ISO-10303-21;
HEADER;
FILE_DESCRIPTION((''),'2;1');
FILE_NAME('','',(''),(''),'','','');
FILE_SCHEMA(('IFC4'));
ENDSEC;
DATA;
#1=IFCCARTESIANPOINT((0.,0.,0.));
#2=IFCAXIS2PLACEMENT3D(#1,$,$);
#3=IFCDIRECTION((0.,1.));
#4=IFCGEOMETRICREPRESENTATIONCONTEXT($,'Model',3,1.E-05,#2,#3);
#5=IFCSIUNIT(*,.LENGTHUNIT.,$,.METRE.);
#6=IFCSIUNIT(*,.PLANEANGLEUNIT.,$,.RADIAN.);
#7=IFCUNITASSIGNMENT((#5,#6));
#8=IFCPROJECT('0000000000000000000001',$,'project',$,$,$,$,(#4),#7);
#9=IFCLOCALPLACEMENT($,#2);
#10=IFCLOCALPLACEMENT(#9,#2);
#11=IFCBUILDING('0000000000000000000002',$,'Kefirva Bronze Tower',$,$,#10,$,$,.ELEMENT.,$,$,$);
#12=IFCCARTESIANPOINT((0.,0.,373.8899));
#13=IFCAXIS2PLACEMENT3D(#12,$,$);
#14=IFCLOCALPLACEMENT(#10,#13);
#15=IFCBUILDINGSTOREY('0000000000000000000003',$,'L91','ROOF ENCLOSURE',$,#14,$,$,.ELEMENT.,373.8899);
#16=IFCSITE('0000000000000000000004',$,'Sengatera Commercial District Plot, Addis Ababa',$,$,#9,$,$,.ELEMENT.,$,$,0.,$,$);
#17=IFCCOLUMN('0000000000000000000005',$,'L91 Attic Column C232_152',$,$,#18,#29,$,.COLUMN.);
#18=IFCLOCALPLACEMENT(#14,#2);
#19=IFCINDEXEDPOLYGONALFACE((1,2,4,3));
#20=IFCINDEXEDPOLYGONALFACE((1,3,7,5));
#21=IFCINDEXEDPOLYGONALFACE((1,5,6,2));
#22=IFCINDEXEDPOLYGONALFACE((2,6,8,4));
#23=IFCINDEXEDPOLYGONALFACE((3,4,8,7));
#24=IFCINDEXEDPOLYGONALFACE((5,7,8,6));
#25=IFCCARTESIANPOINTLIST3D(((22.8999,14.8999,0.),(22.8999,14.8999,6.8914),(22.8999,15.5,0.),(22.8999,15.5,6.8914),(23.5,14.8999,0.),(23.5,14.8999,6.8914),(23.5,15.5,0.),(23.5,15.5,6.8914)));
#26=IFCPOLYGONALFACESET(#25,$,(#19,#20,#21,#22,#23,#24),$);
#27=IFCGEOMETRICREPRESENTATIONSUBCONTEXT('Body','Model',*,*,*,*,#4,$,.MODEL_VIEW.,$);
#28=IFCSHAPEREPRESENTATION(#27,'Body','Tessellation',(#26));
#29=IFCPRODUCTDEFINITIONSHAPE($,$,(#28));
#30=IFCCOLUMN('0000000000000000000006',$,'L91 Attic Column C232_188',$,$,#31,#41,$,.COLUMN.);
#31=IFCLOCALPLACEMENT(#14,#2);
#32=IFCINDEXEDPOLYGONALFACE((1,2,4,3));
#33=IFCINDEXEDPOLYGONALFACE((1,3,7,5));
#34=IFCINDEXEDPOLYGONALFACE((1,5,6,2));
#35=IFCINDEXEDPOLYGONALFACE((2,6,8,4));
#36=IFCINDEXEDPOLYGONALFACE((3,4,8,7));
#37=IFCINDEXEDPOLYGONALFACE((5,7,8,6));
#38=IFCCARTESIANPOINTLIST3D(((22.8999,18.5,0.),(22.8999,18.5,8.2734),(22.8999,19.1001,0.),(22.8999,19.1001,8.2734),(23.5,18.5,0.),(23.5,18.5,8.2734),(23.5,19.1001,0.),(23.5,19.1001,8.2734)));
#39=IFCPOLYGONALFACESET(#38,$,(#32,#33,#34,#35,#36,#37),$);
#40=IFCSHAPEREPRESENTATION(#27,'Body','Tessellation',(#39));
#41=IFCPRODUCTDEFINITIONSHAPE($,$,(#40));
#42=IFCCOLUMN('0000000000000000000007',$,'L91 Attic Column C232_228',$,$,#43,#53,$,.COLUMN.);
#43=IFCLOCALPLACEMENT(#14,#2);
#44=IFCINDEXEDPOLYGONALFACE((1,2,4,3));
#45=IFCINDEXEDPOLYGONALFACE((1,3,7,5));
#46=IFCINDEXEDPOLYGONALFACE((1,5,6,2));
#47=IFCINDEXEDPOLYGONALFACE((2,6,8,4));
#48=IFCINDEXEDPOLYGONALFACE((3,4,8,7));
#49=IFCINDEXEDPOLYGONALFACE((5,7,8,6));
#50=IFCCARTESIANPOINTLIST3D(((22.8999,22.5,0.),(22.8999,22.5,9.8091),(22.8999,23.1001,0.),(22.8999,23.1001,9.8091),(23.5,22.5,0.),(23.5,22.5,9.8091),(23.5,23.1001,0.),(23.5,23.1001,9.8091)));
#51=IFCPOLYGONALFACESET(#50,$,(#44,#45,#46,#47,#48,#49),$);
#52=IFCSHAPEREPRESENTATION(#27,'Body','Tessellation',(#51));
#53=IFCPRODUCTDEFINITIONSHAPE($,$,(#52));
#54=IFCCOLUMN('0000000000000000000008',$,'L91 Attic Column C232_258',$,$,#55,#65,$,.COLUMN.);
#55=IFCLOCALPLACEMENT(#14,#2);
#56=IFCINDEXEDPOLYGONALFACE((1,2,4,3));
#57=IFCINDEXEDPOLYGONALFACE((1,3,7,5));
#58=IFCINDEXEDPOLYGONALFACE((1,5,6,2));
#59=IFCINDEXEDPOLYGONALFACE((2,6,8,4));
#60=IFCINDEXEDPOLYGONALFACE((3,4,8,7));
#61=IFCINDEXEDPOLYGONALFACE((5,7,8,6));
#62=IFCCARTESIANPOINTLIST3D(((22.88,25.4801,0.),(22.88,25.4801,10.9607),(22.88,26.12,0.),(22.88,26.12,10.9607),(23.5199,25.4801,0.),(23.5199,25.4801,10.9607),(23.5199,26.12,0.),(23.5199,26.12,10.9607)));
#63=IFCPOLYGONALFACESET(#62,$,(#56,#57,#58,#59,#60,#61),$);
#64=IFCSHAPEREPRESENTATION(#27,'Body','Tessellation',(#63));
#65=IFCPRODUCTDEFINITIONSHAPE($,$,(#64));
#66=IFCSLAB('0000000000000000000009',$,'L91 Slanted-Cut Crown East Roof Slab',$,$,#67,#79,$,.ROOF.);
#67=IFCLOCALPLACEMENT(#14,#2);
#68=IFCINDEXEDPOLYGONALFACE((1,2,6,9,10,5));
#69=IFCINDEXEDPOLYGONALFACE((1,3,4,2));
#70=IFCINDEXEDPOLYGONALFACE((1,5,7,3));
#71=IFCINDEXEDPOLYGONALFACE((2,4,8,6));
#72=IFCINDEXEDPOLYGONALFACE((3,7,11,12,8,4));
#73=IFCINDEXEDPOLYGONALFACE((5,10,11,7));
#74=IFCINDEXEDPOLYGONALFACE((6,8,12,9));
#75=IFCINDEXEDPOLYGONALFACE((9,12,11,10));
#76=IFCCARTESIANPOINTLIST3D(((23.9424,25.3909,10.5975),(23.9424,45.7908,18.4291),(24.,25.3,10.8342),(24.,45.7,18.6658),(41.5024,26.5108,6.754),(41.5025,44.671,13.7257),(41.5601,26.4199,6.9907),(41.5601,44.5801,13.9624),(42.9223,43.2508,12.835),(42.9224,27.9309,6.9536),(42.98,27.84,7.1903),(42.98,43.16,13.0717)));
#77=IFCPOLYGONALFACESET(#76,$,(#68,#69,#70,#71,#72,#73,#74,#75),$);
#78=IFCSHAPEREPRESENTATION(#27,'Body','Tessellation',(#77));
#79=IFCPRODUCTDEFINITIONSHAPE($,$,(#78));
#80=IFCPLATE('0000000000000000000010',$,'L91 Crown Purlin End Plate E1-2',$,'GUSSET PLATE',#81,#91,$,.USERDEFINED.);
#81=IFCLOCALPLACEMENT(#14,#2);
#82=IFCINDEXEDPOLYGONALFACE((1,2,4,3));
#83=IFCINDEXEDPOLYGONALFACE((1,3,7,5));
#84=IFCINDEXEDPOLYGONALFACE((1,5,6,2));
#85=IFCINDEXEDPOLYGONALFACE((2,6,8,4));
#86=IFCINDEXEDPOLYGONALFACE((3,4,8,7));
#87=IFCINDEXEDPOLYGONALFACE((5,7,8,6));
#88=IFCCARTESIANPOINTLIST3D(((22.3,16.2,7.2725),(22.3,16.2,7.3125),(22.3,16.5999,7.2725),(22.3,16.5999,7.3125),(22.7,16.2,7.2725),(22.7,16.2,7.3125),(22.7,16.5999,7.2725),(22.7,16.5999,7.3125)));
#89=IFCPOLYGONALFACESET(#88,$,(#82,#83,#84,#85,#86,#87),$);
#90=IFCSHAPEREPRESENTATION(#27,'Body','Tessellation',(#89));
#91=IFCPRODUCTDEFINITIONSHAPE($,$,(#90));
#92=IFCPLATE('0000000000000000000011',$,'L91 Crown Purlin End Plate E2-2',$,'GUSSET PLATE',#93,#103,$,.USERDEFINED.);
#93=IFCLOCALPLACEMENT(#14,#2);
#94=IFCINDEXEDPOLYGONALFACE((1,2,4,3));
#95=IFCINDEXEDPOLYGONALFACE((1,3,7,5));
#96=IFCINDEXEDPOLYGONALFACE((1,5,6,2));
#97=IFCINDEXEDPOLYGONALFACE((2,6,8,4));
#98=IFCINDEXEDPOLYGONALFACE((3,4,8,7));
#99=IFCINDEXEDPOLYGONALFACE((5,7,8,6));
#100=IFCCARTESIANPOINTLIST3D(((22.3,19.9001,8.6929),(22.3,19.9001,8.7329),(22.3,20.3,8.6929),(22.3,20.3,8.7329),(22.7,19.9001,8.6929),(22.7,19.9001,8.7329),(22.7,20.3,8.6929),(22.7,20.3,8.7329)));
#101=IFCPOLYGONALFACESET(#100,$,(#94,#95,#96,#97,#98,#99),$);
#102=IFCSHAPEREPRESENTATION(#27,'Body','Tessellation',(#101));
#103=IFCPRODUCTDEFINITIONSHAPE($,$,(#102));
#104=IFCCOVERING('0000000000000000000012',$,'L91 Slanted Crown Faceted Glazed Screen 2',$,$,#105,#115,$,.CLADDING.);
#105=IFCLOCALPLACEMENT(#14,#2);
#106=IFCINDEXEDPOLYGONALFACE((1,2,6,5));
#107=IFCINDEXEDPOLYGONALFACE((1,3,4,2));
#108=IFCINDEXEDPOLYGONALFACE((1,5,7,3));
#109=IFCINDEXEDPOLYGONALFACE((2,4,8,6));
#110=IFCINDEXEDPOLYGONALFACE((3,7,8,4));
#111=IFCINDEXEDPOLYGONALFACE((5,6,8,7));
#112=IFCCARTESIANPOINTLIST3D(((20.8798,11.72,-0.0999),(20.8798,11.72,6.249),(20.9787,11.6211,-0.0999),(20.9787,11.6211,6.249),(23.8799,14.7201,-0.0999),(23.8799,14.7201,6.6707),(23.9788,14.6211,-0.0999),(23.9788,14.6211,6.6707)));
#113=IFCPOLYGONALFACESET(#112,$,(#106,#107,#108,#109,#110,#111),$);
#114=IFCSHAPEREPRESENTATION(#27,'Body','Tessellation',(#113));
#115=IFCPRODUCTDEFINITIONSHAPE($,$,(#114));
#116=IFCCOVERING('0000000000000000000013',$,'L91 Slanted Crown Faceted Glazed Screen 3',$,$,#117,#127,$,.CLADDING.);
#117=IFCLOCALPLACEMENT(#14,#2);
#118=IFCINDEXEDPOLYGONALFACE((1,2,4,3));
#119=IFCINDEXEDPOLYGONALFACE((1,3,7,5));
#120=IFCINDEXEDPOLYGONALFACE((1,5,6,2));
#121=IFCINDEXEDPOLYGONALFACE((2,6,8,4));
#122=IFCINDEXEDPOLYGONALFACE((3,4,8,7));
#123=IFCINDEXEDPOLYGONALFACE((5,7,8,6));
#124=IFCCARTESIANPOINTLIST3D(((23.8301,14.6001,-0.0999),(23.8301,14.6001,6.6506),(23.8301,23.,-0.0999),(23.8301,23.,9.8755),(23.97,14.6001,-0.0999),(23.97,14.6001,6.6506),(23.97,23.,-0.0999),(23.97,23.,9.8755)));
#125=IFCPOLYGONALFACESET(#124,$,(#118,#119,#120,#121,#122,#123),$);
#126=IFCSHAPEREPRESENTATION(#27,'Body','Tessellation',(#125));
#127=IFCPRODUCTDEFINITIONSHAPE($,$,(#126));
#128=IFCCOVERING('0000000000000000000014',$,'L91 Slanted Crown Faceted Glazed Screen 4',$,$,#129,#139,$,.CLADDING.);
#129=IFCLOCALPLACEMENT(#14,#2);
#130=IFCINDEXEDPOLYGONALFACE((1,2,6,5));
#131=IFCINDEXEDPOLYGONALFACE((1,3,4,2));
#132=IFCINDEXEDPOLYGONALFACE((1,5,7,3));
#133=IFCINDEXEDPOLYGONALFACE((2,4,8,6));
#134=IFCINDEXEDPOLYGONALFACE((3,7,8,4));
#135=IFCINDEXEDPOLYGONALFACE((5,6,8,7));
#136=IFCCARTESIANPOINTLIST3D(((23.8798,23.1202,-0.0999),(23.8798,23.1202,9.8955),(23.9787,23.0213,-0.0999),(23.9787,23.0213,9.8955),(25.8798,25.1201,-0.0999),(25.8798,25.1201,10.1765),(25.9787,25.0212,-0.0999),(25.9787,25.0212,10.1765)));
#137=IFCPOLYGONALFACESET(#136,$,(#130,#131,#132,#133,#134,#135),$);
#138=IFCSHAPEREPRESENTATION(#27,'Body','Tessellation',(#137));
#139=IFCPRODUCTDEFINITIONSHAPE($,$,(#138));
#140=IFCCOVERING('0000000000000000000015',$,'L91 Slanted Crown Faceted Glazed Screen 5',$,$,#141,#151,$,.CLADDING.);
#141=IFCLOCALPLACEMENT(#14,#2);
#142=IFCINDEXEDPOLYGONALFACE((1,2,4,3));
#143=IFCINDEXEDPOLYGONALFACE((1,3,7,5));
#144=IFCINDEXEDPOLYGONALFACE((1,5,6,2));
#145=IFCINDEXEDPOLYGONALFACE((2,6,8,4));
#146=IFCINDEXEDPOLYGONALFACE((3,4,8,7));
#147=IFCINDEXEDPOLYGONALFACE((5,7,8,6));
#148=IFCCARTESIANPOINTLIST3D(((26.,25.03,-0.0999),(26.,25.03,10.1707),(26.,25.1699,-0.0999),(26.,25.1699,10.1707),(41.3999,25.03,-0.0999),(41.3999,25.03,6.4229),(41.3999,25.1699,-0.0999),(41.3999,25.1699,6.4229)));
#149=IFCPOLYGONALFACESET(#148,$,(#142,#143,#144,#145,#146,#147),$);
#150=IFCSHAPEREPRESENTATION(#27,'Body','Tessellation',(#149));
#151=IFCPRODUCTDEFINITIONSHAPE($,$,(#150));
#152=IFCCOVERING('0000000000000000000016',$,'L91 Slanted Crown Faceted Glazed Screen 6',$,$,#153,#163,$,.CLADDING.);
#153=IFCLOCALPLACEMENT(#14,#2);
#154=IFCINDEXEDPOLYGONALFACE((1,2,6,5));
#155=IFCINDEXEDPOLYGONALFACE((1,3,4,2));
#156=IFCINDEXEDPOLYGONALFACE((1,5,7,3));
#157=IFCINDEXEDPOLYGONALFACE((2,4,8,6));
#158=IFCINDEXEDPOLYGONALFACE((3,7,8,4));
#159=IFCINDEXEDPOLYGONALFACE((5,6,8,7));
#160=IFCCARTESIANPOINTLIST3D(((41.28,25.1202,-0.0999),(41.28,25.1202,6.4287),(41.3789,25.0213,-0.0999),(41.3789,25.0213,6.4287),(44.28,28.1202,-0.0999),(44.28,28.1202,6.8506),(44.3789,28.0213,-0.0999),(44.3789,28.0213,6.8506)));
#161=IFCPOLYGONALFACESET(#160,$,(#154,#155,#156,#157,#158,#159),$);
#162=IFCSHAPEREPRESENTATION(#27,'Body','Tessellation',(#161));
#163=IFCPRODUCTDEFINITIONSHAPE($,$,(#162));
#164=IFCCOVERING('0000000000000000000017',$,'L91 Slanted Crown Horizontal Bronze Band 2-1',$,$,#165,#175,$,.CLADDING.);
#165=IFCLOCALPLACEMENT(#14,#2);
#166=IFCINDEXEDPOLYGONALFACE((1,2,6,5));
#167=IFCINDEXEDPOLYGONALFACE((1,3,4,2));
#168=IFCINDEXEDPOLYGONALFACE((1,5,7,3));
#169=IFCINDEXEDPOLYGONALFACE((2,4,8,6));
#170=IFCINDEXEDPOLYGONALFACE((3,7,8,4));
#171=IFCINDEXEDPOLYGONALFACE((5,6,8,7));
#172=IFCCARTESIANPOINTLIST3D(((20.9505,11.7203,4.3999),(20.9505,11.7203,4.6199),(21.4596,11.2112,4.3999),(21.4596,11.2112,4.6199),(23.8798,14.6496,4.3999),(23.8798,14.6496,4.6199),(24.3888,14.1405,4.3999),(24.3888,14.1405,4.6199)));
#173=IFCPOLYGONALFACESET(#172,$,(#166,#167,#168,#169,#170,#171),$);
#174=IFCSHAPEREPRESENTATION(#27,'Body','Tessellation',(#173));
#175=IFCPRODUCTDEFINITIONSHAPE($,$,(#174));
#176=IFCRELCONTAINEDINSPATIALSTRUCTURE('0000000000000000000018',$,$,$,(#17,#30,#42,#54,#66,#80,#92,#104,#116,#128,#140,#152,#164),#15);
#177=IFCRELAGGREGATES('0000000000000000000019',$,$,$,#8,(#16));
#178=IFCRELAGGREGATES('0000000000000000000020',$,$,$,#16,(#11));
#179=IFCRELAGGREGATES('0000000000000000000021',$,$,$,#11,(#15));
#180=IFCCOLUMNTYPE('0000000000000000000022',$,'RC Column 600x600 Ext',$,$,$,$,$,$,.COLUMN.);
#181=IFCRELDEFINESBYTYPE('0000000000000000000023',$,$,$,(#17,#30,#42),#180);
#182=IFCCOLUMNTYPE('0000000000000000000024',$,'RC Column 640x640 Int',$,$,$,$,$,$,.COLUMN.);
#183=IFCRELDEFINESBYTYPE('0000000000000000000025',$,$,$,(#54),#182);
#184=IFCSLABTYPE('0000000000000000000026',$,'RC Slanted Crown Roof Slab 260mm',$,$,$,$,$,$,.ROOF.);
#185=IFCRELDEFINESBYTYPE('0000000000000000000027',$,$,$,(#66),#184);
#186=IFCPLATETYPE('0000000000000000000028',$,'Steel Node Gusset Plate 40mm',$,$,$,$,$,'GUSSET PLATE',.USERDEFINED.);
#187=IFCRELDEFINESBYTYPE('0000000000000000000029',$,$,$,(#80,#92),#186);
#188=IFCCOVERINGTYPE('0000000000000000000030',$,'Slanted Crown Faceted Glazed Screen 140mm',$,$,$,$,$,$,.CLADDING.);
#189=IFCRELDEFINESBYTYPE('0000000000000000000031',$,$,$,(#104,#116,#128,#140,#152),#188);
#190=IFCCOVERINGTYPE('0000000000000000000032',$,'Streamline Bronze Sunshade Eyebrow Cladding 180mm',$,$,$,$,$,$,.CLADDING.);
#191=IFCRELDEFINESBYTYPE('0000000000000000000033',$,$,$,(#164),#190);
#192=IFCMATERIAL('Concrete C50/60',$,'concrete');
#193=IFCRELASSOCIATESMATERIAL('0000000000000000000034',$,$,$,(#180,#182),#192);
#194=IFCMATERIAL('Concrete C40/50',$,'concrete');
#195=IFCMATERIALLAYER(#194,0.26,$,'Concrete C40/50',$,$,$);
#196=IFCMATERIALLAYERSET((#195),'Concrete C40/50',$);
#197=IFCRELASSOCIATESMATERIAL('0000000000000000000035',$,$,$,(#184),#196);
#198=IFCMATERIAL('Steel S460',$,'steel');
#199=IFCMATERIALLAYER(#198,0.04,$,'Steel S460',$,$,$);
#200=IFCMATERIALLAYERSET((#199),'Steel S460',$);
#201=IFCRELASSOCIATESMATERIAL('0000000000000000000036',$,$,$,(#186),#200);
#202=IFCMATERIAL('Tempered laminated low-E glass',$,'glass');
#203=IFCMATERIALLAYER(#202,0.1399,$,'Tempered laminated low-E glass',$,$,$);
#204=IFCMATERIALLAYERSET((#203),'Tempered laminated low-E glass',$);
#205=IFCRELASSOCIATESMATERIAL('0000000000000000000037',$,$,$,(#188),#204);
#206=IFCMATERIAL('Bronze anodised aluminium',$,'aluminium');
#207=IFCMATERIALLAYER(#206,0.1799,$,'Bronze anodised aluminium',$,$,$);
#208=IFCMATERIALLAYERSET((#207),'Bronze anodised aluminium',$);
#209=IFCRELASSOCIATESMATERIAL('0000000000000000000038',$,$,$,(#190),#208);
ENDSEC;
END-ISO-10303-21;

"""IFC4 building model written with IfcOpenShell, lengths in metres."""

from ifc_helpers import new_model, si_unit, direction, frame, origin, origin_2d, place, context, subcontext, project, spatial, polyline, rectangle, outline, extrude, material, layer, layer_set, material_profile, profile_set, type_object, element, save


model = new_model("IFC4")

# Units and contexts
model_context = context("Model", 3, precision=1e-05, world=origin(), true_north=direction((0.0, 1.0)))
body_context = subcontext(model_context, "Body", "Model", "MODEL_VIEW")
ifc_project = project(units=[si_unit("LENGTHUNIT", "METRE"), si_unit("PLANEANGLEUNIT", "RADIAN")], contexts=[model_context])

# Site, building, storey
site_placement = place(None, origin())
site = spatial("IfcSite", under=ifc_project, at=site_placement, Name="Sengatera Commercial District Plot, Addis Ababa", CompositionType="ELEMENT", RefElevation=0.0)
building_placement = place(site_placement, origin())
building = spatial("IfcBuilding", under=site, at=building_placement, Name="Kefirva Bronze Tower", CompositionType="ELEMENT")
storey_placement = place(building_placement, frame((0.0, 0.0, 373.8899)))
storey = spatial("IfcBuildingStorey", under=building, at=storey_placement, Name="L91", Description="ROOF ENCLOSURE", CompositionType="ELEMENT", Elevation=373.8899)

# Columns
ifc_material_1 = material(Name="Concrete C50/60", Category="concrete")
ifc_material_profile_1 = material_profile(ifc_material_1, rectangle(XDim=0.6001, YDim=0.6001, at=origin_2d()), Name="RC 600x600")
ifc_profile_set_1 = profile_set([ifc_material_profile_1], Name="Concrete C50/60")
column_type_1 = type_object("IfcColumnType", Name="RC Column 600x600 Ext", PredefinedType="COLUMN", material=ifc_profile_set_1)
column_1_placement = place(storey_placement, frame((23.2, 15.2, 0.0), z_axis=(0.0, 0.0, 1.0), x_axis=(1.0, 0.0, 0.0)))
element("IfcColumn", 1, at=column_1_placement, inside=storey, type_object=column_type_1, Name="L91 Attic Column C232_152", PredefinedType="COLUMN", context=body_context, shape_type="SweptSolid", body=[
    extrude(rectangle(XDim=0.6001, YDim=0.6001, at=origin_2d()), origin(), (0.0, 0.0, 1.0), 6.8914),
])
column_2_placement = place(storey_placement, frame((23.2, 18.8, 0.0), z_axis=(0.0, 0.0, 1.0), x_axis=(1.0, 0.0, 0.0)))
element("IfcColumn", 2, at=column_2_placement, inside=storey, type_object=column_type_1, Name="L91 Attic Column C232_188", PredefinedType="COLUMN", context=body_context, shape_type="SweptSolid", body=[
    extrude(rectangle(XDim=0.6001, YDim=0.6001, at=origin_2d()), origin(), (0.0, 0.0, 1.0), 8.2734),
])
column_3_placement = place(storey_placement, frame((23.2, 22.8, 0.0), z_axis=(0.0, 0.0, 1.0), x_axis=(1.0, 0.0, 0.0)))
element("IfcColumn", 3, at=column_3_placement, inside=storey, type_object=column_type_1, Name="L91 Attic Column C232_228", PredefinedType="COLUMN", context=body_context, shape_type="SweptSolid", body=[
    extrude(rectangle(XDim=0.6001, YDim=0.6001, at=origin_2d()), origin(), (0.0, 0.0, 1.0), 9.8091),
])
ifc_material_profile_2 = material_profile(ifc_material_1, rectangle(XDim=0.6399, YDim=0.6399, at=origin_2d()), Name="RC 640x640")
ifc_profile_set_2 = profile_set([ifc_material_profile_2], Name="Concrete C50/60")
column_type_2 = type_object("IfcColumnType", Name="RC Column 640x640 Int", PredefinedType="COLUMN", material=ifc_profile_set_2)
column_4_placement = place(storey_placement, frame((23.2, 25.8, 0.0), z_axis=(0.0, 0.0, 1.0), x_axis=(1.0, 0.0, 0.0)))
element("IfcColumn", 4, at=column_4_placement, inside=storey, type_object=column_type_2, Name="L91 Attic Column C232_258", PredefinedType="COLUMN", context=body_context, shape_type="SweptSolid", body=[
    extrude(rectangle(XDim=0.6399, YDim=0.6399, at=origin_2d()), origin(), (0.0, 0.0, 1.0), 10.9607),
])

# Slab
ifc_material_2 = material(Name="Concrete C40/50", Category="concrete")
ifc_layer_1 = layer(ifc_material_2, 0.26, Name="Concrete C40/50")
ifc_layer_set_1 = layer_set([ifc_layer_1], Name="Concrete C40/50")
slab_type = type_object("IfcSlabType", Name="RC Slanted Crown Roof Slab 260mm", PredefinedType="ROOF", material=ifc_layer_set_1)
slab_placement = place(storey_placement, frame((24.0, 25.3, 10.8342), z_axis=(0.22155, -0.349492, 0.910369), x_axis=(0.974983, 0.062179, -0.213404)))
element("IfcSlab", 5, at=slab_placement, inside=storey, type_object=slab_type, Name="L91 Slanted-Cut Crown East Roof Slab", PredefinedType="ROOF", context=body_context, shape_type="SweptSolid", body=[
    extrude(outline(polyline([(0.0, 0.0), (18.0106, 0.0), (19.4408, 1.4239), (19.1382, 17.8312), (17.652, 19.4491), (-0.4028, 21.8478), (0.0, 0.0)])), origin(), (0.0, 0.0, -1.0), 0.26),
])

# Plates
ifc_material_3 = material(Name="Steel S460", Category="steel")
ifc_layer_2 = layer(ifc_material_3, 0.04, Name="Steel S460")
ifc_layer_set_2 = layer_set([ifc_layer_2], Name="Steel S460")
plate_type = type_object("IfcPlateType", Name="Steel Node Gusset Plate 40mm", ElementType="GUSSET PLATE", PredefinedType="USERDEFINED", material=ifc_layer_set_2)
for number, where, z_axis, x_axis, name in (
    (6, (22.5, 16.3999, 7.2725), (0.0, 0.0, 1.0), (1.0, 0.0, 0.0), "L91 Crown Purlin End Plate E1-2"),
    (7, (22.5, 20.1001, 8.6929), (0.0, 0.0, 1.0), (1.0, 0.0, 0.0), "L91 Crown Purlin End Plate E2-2"),
):
    element("IfcPlate", number, at=place(storey_placement, frame(where, z_axis=z_axis, x_axis=x_axis)), inside=storey, type_object=plate_type, Name=name, ObjectType="GUSSET PLATE", PredefinedType="USERDEFINED", context=body_context, shape_type="SweptSolid", body=[
        extrude(rectangle(XDim=0.3999, YDim=0.3999, at=origin_2d()), origin(), (0.0, 0.0, 1.0), 0.04),
    ])

# Coverings
ifc_material_4 = material(Name="Tempered laminated low-E glass", Category="glass")
ifc_layer_3 = layer(ifc_material_4, 0.1399, Name="Tempered laminated low-E glass")
ifc_layer_set_3 = layer_set([ifc_layer_3], Name="Tempered laminated low-E glass")
covering_type_1 = type_object("IfcCoveringType", Name="Slanted Crown Faceted Glazed Screen 140mm", PredefinedType="CLADDING", material=ifc_layer_set_3)
covering_1_placement = place(storey_placement, frame((20.9292, 11.6707, -0.0999), z_axis=(0.0, 0.0, 1.0), x_axis=(0.707107, 0.707107, 0.0)))
element("IfcCovering", 8, at=covering_1_placement, inside=storey, type_object=covering_type_1, Name="L91 Slanted Crown Faceted Glazed Screen 2", PredefinedType="CLADDING", context=body_context, shape_type="SweptSolid", body=[
    extrude(outline(polyline([(0.0, 0.0), (4.2427, 0.0), (4.2427, 6.7705), (0.0, 6.3489), (0.0, 0.0)])), frame((0.0, 0.0698, 0.0), z_axis=(0.0, -1.0, 0.0), x_axis=(1.0, 0.0, 0.0)), (0.0, 0.0, 1.0), 0.1399),
])
covering_2_placement = place(storey_placement, frame((23.8999, 14.6001, -0.0999), z_axis=(0.0, 0.0, 1.0), x_axis=(0.0, 1.0, 0.0)))
element("IfcCovering", 9, at=covering_2_placement, inside=storey, type_object=covering_type_1, Name="L91 Slanted Crown Faceted Glazed Screen 3", PredefinedType="CLADDING", context=body_context, shape_type="SweptSolid", body=[
    extrude(outline(polyline([(0.0, 0.0), (8.3999, 0.0), (8.3999, 9.9753), (0.0, 6.7505), (0.0, 0.0)])), frame((0.0, 0.0698, 0.0), z_axis=(0.0, -1.0, 0.0), x_axis=(1.0, 0.0, 0.0)), (0.0, 0.0, 1.0), 0.1399),
])
covering_3_placement = place(storey_placement, frame((23.9292, 23.0708, -0.0999), z_axis=(0.0, 0.0, 1.0), x_axis=(0.707107, 0.707107, 0.0)))
element("IfcCovering", 10, at=covering_3_placement, inside=storey, type_object=covering_type_1, Name="L91 Slanted Crown Faceted Glazed Screen 4", PredefinedType="CLADDING", context=body_context, shape_type="SweptSolid", body=[
    extrude(outline(polyline([(0.0, 0.0), (2.8284, 0.0), (2.8284, 10.2764), (0.0, 9.9954), (0.0, 0.0)])), frame((0.0, 0.0698, 0.0), z_axis=(0.0, -1.0, 0.0), x_axis=(1.0, 0.0, 0.0)), (0.0, 0.0, 1.0), 0.1399),
])
covering_4_placement = place(storey_placement, frame((26.0, 25.1001, -0.0999), z_axis=(0.0, 0.0, 1.0), x_axis=(1.0, 0.0, 0.0)))
element("IfcCovering", 11, at=covering_4_placement, inside=storey, type_object=covering_type_1, Name="L91 Slanted Crown Faceted Glazed Screen 5", PredefinedType="CLADDING", context=body_context, shape_type="SweptSolid", body=[
    extrude(outline(polyline([(0.0, 0.0), (15.3999, 0.0), (15.3999, 6.5227), (0.0, 10.2705), (0.0, 0.0)])), frame((0.0, 0.0698, 0.0), z_axis=(0.0, -1.0, 0.0), x_axis=(1.0, 0.0, 0.0)), (0.0, 0.0, 1.0), 0.1399),
])
covering_5_placement = place(storey_placement, frame((41.3293, 25.0708, -0.0999), z_axis=(0.0, 0.0, 1.0), x_axis=(0.707107, 0.707107, 0.0)))
element("IfcCovering", 12, at=covering_5_placement, inside=storey, type_object=covering_type_1, Name="L91 Slanted Crown Faceted Glazed Screen 6", PredefinedType="CLADDING", context=body_context, shape_type="SweptSolid", body=[
    extrude(outline(polyline([(0.0, 0.0), (4.2427, 0.0), (4.2427, 6.9504), (0.0, 6.5286), (0.0, 0.0)])), frame((0.0, 0.0698, 0.0), z_axis=(0.0, -1.0, 0.0), x_axis=(1.0, 0.0, 0.0)), (0.0, 0.0, 1.0), 0.1399),
])
ifc_material_5 = material(Name="Bronze anodised aluminium", Category="aluminium")
ifc_layer_4 = layer(ifc_material_5, 0.1799, Name="Bronze anodised aluminium")
ifc_layer_set_4 = layer_set([ifc_layer_4], Name="Bronze anodised aluminium")
covering_type_2 = type_object("IfcCoveringType", Name="Streamline Bronze Sunshade Eyebrow Cladding 180mm", PredefinedType="CLADDING", material=ifc_layer_set_4)
covering_6_placement = place(storey_placement, frame((22.6697, 12.9304, 4.3999), z_axis=(0.0, 0.0, 1.0), x_axis=(0.707107, 0.707107, 0.0)))
element("IfcCovering", 13, at=covering_6_placement, inside=storey, type_object=covering_type_2, Name="L91 Slanted Crown Horizontal Bronze Band 2-1", PredefinedType="CLADDING", context=body_context, shape_type="SweptSolid", body=[
    extrude(rectangle(XDim=4.1426, YDim=0.72, at=origin_2d()), origin(), (0.0, 0.0, 1.0), 0.22),
])

save(model, "model.ifc")
